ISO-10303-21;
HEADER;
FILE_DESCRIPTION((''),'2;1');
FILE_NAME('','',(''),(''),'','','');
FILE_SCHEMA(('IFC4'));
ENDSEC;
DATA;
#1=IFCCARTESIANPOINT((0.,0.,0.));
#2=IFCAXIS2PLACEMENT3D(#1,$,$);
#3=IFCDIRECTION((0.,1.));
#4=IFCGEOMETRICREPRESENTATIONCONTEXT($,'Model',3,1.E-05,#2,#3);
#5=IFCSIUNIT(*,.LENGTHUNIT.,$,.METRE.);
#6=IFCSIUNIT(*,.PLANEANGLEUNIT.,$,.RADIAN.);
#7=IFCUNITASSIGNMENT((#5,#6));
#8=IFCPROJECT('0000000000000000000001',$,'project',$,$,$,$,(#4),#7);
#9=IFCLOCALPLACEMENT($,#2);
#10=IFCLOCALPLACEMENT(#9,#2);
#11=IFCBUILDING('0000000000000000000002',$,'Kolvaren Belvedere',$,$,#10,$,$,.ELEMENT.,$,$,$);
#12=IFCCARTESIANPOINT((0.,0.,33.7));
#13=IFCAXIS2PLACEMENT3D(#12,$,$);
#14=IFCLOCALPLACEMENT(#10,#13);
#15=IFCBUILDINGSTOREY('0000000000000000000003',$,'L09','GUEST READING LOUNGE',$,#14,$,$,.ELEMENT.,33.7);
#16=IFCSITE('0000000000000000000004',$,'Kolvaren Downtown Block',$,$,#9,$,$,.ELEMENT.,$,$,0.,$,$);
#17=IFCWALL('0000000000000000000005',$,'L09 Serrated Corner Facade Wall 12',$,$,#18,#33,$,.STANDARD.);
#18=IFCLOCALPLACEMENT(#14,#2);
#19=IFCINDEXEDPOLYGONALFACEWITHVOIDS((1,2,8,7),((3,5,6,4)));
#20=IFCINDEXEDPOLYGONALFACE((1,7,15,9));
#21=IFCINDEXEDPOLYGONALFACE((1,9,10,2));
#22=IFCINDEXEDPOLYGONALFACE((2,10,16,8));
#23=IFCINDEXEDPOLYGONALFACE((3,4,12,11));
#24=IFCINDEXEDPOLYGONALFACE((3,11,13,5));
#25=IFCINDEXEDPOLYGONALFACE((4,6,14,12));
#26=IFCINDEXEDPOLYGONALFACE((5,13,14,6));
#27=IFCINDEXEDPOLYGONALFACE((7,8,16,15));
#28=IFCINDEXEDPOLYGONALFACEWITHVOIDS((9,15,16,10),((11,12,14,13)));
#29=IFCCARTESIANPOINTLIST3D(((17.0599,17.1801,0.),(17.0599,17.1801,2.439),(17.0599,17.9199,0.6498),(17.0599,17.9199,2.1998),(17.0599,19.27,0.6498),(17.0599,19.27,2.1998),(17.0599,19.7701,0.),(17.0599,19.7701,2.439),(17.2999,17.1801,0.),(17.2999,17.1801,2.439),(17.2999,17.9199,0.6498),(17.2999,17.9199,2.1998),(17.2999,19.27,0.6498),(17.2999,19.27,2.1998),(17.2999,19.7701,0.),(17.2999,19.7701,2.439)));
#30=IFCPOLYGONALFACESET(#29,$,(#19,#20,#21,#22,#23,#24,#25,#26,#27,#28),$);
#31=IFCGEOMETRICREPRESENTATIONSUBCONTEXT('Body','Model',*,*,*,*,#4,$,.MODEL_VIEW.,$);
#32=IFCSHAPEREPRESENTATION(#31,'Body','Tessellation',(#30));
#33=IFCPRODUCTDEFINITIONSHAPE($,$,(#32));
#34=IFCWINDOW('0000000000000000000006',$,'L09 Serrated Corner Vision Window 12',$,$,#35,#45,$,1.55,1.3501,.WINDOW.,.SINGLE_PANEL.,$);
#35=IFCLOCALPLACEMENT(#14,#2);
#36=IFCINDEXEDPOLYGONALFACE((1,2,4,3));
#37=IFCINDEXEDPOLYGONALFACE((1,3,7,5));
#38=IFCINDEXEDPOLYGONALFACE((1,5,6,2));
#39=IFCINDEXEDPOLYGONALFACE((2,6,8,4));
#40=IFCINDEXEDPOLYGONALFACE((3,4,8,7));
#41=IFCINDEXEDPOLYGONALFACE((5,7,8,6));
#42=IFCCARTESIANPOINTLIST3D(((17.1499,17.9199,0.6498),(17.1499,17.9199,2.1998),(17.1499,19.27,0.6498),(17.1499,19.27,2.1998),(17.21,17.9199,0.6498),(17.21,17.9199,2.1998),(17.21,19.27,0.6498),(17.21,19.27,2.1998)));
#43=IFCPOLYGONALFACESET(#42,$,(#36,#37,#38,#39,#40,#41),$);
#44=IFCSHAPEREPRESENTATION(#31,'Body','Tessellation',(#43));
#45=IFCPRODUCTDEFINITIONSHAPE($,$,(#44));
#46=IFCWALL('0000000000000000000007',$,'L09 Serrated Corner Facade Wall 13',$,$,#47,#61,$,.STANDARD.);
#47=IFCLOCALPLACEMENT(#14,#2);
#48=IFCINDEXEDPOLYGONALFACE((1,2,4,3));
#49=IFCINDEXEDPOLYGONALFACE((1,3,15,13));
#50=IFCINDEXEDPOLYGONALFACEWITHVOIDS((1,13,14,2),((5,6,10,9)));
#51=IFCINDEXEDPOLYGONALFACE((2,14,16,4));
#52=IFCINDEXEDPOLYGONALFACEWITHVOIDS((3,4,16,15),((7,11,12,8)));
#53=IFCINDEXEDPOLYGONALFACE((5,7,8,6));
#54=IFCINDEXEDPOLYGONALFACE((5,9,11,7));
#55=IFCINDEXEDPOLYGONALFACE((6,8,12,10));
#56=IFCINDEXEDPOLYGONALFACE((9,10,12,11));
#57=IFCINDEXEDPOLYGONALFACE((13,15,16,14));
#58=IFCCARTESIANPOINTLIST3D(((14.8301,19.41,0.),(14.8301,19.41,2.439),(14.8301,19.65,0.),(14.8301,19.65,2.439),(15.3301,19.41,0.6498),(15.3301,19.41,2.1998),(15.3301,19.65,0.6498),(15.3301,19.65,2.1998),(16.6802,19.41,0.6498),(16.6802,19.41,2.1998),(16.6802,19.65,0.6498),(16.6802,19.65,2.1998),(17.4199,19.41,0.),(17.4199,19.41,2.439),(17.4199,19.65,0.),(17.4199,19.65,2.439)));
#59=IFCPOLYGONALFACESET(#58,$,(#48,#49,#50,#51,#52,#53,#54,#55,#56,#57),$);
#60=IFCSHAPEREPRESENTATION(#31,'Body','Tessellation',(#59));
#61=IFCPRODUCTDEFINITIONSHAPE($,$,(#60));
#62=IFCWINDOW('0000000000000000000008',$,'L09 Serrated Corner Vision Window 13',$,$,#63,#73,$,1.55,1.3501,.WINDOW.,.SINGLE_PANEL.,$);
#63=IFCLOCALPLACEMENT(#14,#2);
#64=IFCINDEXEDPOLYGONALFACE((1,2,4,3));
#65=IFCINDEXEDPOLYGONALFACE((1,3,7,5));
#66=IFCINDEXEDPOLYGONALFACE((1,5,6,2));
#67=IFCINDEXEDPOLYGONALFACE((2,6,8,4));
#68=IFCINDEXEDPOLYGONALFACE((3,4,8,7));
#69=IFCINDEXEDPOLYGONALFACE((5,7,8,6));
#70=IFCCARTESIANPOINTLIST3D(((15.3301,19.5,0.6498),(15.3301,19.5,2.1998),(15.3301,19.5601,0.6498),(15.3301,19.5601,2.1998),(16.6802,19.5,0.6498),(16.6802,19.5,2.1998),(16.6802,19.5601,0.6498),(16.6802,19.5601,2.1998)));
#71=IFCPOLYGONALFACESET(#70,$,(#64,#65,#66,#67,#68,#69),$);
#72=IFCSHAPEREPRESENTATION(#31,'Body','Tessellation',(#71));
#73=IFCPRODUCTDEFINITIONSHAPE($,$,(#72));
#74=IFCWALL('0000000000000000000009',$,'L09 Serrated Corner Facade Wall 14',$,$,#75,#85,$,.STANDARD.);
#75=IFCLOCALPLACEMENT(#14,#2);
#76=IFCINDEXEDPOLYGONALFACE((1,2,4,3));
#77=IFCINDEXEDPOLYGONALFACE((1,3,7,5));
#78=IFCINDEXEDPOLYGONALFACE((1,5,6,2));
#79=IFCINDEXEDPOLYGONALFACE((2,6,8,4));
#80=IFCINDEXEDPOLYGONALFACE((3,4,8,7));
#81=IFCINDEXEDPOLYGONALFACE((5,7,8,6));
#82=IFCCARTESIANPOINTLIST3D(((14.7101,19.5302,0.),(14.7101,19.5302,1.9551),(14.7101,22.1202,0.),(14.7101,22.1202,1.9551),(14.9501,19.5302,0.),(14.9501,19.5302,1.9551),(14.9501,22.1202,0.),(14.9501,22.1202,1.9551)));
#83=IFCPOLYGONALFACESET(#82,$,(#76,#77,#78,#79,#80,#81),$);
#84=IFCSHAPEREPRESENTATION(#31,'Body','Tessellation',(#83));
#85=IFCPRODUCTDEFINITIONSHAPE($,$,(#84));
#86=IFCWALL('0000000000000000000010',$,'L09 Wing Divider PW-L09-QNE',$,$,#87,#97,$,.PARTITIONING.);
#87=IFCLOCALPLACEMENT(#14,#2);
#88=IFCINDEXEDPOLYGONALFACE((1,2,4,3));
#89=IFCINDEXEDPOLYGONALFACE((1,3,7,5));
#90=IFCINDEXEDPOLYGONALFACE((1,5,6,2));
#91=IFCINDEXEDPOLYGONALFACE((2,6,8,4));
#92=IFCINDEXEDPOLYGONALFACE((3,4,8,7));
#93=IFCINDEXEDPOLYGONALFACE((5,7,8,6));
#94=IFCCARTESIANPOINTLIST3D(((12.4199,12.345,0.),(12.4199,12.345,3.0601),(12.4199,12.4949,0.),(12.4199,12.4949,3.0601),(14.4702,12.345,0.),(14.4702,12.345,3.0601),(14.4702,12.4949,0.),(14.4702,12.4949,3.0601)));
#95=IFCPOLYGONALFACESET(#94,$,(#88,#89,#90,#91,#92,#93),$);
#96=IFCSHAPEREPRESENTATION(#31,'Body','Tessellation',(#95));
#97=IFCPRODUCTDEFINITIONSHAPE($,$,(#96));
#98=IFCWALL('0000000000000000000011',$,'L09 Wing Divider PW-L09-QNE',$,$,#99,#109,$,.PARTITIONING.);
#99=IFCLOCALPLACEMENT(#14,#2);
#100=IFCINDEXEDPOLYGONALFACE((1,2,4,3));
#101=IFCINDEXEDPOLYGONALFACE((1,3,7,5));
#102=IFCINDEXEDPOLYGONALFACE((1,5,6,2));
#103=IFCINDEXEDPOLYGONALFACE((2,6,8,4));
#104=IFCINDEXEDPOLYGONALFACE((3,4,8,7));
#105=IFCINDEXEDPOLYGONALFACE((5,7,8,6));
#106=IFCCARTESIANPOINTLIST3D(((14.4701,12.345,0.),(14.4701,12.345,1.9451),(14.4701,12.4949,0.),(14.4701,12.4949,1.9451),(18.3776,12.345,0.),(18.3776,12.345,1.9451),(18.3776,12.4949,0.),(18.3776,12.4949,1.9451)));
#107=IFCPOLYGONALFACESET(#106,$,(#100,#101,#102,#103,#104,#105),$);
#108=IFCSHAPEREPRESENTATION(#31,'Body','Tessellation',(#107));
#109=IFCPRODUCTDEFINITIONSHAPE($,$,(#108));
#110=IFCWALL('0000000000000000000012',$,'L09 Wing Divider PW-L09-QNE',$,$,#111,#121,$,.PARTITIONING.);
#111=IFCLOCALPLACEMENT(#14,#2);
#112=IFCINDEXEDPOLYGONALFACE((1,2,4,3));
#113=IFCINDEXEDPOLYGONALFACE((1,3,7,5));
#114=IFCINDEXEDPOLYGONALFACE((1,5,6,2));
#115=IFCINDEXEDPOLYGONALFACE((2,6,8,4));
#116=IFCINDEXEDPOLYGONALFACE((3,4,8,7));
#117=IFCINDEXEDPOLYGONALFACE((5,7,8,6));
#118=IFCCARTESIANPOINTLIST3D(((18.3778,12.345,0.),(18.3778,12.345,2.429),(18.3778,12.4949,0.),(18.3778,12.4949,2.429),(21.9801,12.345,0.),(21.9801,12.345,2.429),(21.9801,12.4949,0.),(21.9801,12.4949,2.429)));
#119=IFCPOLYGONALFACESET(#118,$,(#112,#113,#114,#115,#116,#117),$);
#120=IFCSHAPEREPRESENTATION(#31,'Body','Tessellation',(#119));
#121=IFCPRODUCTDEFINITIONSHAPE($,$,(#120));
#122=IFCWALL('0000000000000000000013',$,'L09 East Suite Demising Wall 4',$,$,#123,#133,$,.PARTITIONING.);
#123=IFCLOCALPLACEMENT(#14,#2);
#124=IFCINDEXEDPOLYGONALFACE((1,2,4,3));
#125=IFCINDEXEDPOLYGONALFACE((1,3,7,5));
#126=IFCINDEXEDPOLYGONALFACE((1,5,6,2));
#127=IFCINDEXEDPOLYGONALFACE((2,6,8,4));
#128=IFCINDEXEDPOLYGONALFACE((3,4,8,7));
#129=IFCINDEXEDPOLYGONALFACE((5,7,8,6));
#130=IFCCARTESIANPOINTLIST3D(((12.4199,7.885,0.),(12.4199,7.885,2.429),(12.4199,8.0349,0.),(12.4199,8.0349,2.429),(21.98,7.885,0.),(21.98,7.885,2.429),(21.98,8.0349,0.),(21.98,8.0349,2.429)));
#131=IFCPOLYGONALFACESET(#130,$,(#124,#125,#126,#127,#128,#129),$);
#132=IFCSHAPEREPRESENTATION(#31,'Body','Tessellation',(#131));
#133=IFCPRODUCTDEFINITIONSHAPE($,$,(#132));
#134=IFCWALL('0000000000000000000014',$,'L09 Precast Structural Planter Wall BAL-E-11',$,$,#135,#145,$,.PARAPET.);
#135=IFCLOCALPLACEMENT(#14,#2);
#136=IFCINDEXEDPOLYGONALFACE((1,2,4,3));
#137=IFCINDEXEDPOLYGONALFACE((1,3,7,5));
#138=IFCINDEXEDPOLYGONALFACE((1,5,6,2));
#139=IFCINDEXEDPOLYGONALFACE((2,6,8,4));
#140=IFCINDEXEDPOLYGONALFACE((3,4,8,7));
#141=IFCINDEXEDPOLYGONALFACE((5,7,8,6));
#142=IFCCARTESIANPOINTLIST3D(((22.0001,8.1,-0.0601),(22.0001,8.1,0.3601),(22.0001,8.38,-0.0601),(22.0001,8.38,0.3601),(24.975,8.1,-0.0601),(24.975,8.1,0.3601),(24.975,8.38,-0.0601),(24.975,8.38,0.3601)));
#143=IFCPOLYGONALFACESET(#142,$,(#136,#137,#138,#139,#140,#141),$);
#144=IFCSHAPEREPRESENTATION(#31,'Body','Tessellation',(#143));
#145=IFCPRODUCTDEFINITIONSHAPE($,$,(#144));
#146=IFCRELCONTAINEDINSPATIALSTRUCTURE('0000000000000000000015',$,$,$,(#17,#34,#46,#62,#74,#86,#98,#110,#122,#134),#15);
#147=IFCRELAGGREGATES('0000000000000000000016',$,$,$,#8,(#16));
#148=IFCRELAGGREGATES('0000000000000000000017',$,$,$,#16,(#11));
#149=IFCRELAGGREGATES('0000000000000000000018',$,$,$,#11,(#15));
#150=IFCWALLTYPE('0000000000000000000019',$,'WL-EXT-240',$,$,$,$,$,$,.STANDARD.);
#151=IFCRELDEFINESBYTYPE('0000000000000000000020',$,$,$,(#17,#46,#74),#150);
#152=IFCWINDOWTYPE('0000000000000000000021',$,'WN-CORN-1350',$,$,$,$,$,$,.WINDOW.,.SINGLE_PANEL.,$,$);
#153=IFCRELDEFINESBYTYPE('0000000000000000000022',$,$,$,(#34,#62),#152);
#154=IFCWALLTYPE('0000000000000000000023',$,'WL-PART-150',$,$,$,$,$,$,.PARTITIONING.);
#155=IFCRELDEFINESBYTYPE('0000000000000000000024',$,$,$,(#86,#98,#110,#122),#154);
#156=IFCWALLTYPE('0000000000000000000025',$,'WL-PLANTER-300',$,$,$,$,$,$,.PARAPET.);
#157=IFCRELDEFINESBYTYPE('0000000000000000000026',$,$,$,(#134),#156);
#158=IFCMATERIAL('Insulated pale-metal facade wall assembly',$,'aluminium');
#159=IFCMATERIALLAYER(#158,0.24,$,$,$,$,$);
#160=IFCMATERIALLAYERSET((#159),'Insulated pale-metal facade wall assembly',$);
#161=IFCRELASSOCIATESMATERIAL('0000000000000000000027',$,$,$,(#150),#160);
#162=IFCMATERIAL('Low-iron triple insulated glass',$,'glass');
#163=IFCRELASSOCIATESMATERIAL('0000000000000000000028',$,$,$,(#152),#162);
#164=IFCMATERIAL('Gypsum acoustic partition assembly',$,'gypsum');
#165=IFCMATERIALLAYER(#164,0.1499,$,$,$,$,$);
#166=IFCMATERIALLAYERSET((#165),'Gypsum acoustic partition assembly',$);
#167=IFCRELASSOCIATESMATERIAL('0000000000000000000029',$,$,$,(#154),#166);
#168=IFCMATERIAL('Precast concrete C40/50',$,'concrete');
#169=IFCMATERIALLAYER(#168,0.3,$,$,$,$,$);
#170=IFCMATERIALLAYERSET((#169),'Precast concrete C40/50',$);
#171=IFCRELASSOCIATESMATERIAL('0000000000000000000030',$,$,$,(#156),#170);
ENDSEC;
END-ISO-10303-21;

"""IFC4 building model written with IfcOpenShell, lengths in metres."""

from ifc_helpers import new_model, si_unit, direction, frame, frame_2d, origin, place, context, subcontext, project, spatial, rectangle, extrude, material, layer, layer_set, type_object, element, fill, save


model = new_model("IFC4")

# Units and contexts
model_context = context("Model", 3, precision=1e-05, world=origin(), true_north=direction((0.0, 1.0)))
body_context = subcontext(model_context, "Body", "Model", "MODEL_VIEW")
ifc_project = project(units=[si_unit("LENGTHUNIT", "METRE"), si_unit("PLANEANGLEUNIT", "RADIAN")], contexts=[model_context])

# Site, building, storey
site_placement = place(None, origin())
site = spatial("IfcSite", under=ifc_project, at=site_placement, Name="Kolvaren Downtown Block", CompositionType="ELEMENT", RefElevation=0.0)
building_placement = place(site_placement, origin())
building = spatial("IfcBuilding", under=site, at=building_placement, Name="Kolvaren Belvedere", CompositionType="ELEMENT")
storey_placement = place(building_placement, frame((0.0, 0.0, 33.7)))
storey = spatial("IfcBuildingStorey", under=building, at=storey_placement, Name="L09", Description="GUEST READING LOUNGE", CompositionType="ELEMENT", Elevation=33.7)

# Shared definitions
ifc_material_1 = material(Name="Insulated pale-metal facade wall assembly", Category="aluminium")
ifc_layer_1 = layer(ifc_material_1, 0.24)
ifc_layer_set_1 = layer_set([ifc_layer_1], Name="Insulated pale-metal facade wall assembly")
wall_type_1 = type_object("IfcWallType", Name="WL-EXT-240", PredefinedType="STANDARD", material=ifc_layer_set_1)

# Walls, openings, windows
ifc_material_2 = material(Name="Low-iron triple insulated glass", Category="glass")
window_type = type_object("IfcWindowType", Name="WN-CORN-1350", PartitioningType="SINGLE_PANEL", PredefinedType="WINDOW", material=ifc_material_2)
wall_1_placement = place(storey_placement, frame((17.1799, 19.77, 0.0), z_axis=(0.0, 0.0, 1.0), x_axis=(0.0, -1.0, 0.0)))
wall_1 = element("IfcWall", 1, at=wall_1_placement, inside=storey, type_object=wall_type_1, Name="L09 Serrated Corner Facade Wall 12", PredefinedType="STANDARD", context=body_context, shape_type="SweptSolid", body=[
    extrude(rectangle(XDim=2.5901, YDim=0.24, at=frame_2d((1.2949, 0.0))), origin(), (0.0, 0.0, 1.0), 2.439),
])
opening_1_placement = place(wall_1_placement, frame((0.5, 0.0, 0.6499)))
opening_1 = element("IfcOpeningElement", 2, at=opening_1_placement, cuts=wall_1, PredefinedType="OPENING", context=body_context, shape_type="SweptSolid", body=[
    extrude(rectangle(XDim=1.3501, YDim=1.55, at=frame_2d((0.675, 0.7749))), frame((0.0, 0.1299, 0.0), z_axis=(0.0, -1.0, 0.0), x_axis=(1.0, 0.0, 0.0)), (0.0, 0.0, 1.0), 0.26),
])
window_1_placement = place(opening_1_placement, origin())
window_1 = element("IfcWindow", 3, at=window_1_placement, inside=storey, type_object=window_type, Name="L09 Serrated Corner Vision Window 12", OverallHeight=1.55, OverallWidth=1.3501, PartitioningType="SINGLE_PANEL", PredefinedType="WINDOW", context=body_context, shape_type="SweptSolid", body=[
    extrude(rectangle(XDim=1.3501, YDim=1.55, at=frame_2d((0.675, 0.7749))), frame((0.0, 0.03, 0.0), z_axis=(0.0, -1.0, 0.0), x_axis=(1.0, 0.0, 0.0)), (0.0, 0.0, 1.0), 0.0601),
])
fill(opening_1, window_1)
wall_2_placement = place(storey_placement, frame((14.8301, 19.53, 0.0), z_axis=(0.0, 0.0, 1.0), x_axis=(1.0, 0.0, 0.0)))
wall_2 = element("IfcWall", 4, at=wall_2_placement, inside=storey, type_object=wall_type_1, Name="L09 Serrated Corner Facade Wall 13", PredefinedType="STANDARD", context=body_context, shape_type="SweptSolid", body=[
    extrude(rectangle(XDim=2.5898, YDim=0.24, at=frame_2d((1.2949, 0.0))), origin(), (0.0, 0.0, 1.0), 2.439),
])
opening_2_placement = place(wall_2_placement, frame((0.5, 0.0, 0.6499)))
opening_2 = element("IfcOpeningElement", 5, at=opening_2_placement, cuts=wall_2, PredefinedType="OPENING", context=body_context, shape_type="SweptSolid", body=[
    extrude(rectangle(XDim=1.3501, YDim=1.55, at=frame_2d((0.675, 0.7749))), frame((0.0, 0.1299, 0.0), z_axis=(0.0, -1.0, 0.0), x_axis=(1.0, 0.0, 0.0)), (0.0, 0.0, 1.0), 0.26),
])
window_2_placement = place(opening_2_placement, origin())
window_2 = element("IfcWindow", 6, at=window_2_placement, inside=storey, type_object=window_type, Name="L09 Serrated Corner Vision Window 13", OverallHeight=1.55, OverallWidth=1.3501, PartitioningType="SINGLE_PANEL", PredefinedType="WINDOW", context=body_context, shape_type="SweptSolid", body=[
    extrude(rectangle(XDim=1.3501, YDim=1.55, at=frame_2d((0.675, 0.7749))), frame((0.0, 0.03, 0.0), z_axis=(0.0, -1.0, 0.0), x_axis=(1.0, 0.0, 0.0)), (0.0, 0.0, 1.0), 0.0601),
])
fill(opening_2, window_2)

# Walls
wall_3_placement = place(storey_placement, frame((14.8301, 22.1201, 0.0), z_axis=(0.0, 0.0, 1.0), x_axis=(0.0, -1.0, 0.0)))
element("IfcWall", 7, at=wall_3_placement, inside=storey, type_object=wall_type_1, Name="L09 Serrated Corner Facade Wall 14", PredefinedType="STANDARD", context=body_context, shape_type="SweptSolid", body=[
    extrude(rectangle(XDim=2.5901, YDim=0.24, at=frame_2d((1.2949, 0.0))), origin(), (0.0, 0.0, 1.0), 1.9551),
])
ifc_material_3 = material(Name="Gypsum acoustic partition assembly", Category="gypsum")
ifc_layer_2 = layer(ifc_material_3, 0.1499)
ifc_layer_set_2 = layer_set([ifc_layer_2], Name="Gypsum acoustic partition assembly")
wall_type_2 = type_object("IfcWallType", Name="WL-PART-150", PredefinedType="PARTITIONING", material=ifc_layer_set_2)
wall_4_placement = place(storey_placement, frame((12.4199, 12.4199, 0.0), z_axis=(0.0, 0.0, 1.0), x_axis=(1.0, 0.0, 0.0)))
element("IfcWall", 8, at=wall_4_placement, inside=storey, type_object=wall_type_2, Name="L09 Wing Divider PW-L09-QNE", PredefinedType="PARTITIONING", context=body_context, shape_type="SweptSolid", body=[
    extrude(rectangle(XDim=2.0503, YDim=0.1499, at=frame_2d((1.0251, 0.0))), origin(), (0.0, 0.0, 1.0), 3.0601),
])
wall_5_placement = place(storey_placement, frame((14.4702, 12.4199, 0.0), z_axis=(0.0, 0.0, 1.0), x_axis=(1.0, 0.0, 0.0)))
element("IfcWall", 9, at=wall_5_placement, inside=storey, type_object=wall_type_2, Name="L09 Wing Divider PW-L09-QNE", PredefinedType="PARTITIONING", context=body_context, shape_type="SweptSolid", body=[
    extrude(rectangle(XDim=3.9075, YDim=0.1499, at=frame_2d((1.9536, 0.0))), origin(), (0.0, 0.0, 1.0), 1.9451),
])
wall_6_placement = place(storey_placement, frame((18.3777, 12.4199, 0.0), z_axis=(0.0, 0.0, 1.0), x_axis=(1.0, 0.0, 0.0)))
element("IfcWall", 10, at=wall_6_placement, inside=storey, type_object=wall_type_2, Name="L09 Wing Divider PW-L09-QNE", PredefinedType="PARTITIONING", context=body_context, shape_type="SweptSolid", body=[
    extrude(rectangle(XDim=3.6023, YDim=0.1499, at=frame_2d((1.8013, 0.0))), origin(), (0.0, 0.0, 1.0), 2.429),
])
wall_7_placement = place(storey_placement, frame((12.4199, 7.96, 0.0), z_axis=(0.0, 0.0, 1.0), x_axis=(1.0, 0.0, 0.0)))
element("IfcWall", 11, at=wall_7_placement, inside=storey, type_object=wall_type_2, Name="L09 East Suite Demising Wall 4", PredefinedType="PARTITIONING", context=body_context, shape_type="SweptSolid", body=[
    extrude(rectangle(XDim=9.5601, YDim=0.1499, at=frame_2d((4.78, 0.0))), origin(), (0.0, 0.0, 1.0), 2.429),
])
ifc_material_4 = material(Name="Precast concrete C40/50", Category="concrete")
ifc_layer_3 = layer(ifc_material_4, 0.3)
ifc_layer_set_3 = layer_set([ifc_layer_3], Name="Precast concrete C40/50")
wall_type_3 = type_object("IfcWallType", Name="WL-PLANTER-300", PredefinedType="PARAPET", material=ifc_layer_set_3)
wall_8_placement = place(storey_placement, frame((24.9749, 8.24, -0.0601), z_axis=(0.0, 0.0, 1.0), x_axis=(-1.0, 0.0, 0.0)))
element("IfcWall", 12, at=wall_8_placement, inside=storey, type_object=wall_type_3, Name="L09 Precast Structural Planter Wall BAL-E-11", PredefinedType="PARAPET", context=body_context, shape_type="SweptSolid", body=[
    extrude(rectangle(XDim=2.9749, YDim=0.28, at=frame_2d((1.4873, 0.0))), origin(), (0.0, 0.0, 1.0), 0.4202),
])

save(model, "model.ifc")
